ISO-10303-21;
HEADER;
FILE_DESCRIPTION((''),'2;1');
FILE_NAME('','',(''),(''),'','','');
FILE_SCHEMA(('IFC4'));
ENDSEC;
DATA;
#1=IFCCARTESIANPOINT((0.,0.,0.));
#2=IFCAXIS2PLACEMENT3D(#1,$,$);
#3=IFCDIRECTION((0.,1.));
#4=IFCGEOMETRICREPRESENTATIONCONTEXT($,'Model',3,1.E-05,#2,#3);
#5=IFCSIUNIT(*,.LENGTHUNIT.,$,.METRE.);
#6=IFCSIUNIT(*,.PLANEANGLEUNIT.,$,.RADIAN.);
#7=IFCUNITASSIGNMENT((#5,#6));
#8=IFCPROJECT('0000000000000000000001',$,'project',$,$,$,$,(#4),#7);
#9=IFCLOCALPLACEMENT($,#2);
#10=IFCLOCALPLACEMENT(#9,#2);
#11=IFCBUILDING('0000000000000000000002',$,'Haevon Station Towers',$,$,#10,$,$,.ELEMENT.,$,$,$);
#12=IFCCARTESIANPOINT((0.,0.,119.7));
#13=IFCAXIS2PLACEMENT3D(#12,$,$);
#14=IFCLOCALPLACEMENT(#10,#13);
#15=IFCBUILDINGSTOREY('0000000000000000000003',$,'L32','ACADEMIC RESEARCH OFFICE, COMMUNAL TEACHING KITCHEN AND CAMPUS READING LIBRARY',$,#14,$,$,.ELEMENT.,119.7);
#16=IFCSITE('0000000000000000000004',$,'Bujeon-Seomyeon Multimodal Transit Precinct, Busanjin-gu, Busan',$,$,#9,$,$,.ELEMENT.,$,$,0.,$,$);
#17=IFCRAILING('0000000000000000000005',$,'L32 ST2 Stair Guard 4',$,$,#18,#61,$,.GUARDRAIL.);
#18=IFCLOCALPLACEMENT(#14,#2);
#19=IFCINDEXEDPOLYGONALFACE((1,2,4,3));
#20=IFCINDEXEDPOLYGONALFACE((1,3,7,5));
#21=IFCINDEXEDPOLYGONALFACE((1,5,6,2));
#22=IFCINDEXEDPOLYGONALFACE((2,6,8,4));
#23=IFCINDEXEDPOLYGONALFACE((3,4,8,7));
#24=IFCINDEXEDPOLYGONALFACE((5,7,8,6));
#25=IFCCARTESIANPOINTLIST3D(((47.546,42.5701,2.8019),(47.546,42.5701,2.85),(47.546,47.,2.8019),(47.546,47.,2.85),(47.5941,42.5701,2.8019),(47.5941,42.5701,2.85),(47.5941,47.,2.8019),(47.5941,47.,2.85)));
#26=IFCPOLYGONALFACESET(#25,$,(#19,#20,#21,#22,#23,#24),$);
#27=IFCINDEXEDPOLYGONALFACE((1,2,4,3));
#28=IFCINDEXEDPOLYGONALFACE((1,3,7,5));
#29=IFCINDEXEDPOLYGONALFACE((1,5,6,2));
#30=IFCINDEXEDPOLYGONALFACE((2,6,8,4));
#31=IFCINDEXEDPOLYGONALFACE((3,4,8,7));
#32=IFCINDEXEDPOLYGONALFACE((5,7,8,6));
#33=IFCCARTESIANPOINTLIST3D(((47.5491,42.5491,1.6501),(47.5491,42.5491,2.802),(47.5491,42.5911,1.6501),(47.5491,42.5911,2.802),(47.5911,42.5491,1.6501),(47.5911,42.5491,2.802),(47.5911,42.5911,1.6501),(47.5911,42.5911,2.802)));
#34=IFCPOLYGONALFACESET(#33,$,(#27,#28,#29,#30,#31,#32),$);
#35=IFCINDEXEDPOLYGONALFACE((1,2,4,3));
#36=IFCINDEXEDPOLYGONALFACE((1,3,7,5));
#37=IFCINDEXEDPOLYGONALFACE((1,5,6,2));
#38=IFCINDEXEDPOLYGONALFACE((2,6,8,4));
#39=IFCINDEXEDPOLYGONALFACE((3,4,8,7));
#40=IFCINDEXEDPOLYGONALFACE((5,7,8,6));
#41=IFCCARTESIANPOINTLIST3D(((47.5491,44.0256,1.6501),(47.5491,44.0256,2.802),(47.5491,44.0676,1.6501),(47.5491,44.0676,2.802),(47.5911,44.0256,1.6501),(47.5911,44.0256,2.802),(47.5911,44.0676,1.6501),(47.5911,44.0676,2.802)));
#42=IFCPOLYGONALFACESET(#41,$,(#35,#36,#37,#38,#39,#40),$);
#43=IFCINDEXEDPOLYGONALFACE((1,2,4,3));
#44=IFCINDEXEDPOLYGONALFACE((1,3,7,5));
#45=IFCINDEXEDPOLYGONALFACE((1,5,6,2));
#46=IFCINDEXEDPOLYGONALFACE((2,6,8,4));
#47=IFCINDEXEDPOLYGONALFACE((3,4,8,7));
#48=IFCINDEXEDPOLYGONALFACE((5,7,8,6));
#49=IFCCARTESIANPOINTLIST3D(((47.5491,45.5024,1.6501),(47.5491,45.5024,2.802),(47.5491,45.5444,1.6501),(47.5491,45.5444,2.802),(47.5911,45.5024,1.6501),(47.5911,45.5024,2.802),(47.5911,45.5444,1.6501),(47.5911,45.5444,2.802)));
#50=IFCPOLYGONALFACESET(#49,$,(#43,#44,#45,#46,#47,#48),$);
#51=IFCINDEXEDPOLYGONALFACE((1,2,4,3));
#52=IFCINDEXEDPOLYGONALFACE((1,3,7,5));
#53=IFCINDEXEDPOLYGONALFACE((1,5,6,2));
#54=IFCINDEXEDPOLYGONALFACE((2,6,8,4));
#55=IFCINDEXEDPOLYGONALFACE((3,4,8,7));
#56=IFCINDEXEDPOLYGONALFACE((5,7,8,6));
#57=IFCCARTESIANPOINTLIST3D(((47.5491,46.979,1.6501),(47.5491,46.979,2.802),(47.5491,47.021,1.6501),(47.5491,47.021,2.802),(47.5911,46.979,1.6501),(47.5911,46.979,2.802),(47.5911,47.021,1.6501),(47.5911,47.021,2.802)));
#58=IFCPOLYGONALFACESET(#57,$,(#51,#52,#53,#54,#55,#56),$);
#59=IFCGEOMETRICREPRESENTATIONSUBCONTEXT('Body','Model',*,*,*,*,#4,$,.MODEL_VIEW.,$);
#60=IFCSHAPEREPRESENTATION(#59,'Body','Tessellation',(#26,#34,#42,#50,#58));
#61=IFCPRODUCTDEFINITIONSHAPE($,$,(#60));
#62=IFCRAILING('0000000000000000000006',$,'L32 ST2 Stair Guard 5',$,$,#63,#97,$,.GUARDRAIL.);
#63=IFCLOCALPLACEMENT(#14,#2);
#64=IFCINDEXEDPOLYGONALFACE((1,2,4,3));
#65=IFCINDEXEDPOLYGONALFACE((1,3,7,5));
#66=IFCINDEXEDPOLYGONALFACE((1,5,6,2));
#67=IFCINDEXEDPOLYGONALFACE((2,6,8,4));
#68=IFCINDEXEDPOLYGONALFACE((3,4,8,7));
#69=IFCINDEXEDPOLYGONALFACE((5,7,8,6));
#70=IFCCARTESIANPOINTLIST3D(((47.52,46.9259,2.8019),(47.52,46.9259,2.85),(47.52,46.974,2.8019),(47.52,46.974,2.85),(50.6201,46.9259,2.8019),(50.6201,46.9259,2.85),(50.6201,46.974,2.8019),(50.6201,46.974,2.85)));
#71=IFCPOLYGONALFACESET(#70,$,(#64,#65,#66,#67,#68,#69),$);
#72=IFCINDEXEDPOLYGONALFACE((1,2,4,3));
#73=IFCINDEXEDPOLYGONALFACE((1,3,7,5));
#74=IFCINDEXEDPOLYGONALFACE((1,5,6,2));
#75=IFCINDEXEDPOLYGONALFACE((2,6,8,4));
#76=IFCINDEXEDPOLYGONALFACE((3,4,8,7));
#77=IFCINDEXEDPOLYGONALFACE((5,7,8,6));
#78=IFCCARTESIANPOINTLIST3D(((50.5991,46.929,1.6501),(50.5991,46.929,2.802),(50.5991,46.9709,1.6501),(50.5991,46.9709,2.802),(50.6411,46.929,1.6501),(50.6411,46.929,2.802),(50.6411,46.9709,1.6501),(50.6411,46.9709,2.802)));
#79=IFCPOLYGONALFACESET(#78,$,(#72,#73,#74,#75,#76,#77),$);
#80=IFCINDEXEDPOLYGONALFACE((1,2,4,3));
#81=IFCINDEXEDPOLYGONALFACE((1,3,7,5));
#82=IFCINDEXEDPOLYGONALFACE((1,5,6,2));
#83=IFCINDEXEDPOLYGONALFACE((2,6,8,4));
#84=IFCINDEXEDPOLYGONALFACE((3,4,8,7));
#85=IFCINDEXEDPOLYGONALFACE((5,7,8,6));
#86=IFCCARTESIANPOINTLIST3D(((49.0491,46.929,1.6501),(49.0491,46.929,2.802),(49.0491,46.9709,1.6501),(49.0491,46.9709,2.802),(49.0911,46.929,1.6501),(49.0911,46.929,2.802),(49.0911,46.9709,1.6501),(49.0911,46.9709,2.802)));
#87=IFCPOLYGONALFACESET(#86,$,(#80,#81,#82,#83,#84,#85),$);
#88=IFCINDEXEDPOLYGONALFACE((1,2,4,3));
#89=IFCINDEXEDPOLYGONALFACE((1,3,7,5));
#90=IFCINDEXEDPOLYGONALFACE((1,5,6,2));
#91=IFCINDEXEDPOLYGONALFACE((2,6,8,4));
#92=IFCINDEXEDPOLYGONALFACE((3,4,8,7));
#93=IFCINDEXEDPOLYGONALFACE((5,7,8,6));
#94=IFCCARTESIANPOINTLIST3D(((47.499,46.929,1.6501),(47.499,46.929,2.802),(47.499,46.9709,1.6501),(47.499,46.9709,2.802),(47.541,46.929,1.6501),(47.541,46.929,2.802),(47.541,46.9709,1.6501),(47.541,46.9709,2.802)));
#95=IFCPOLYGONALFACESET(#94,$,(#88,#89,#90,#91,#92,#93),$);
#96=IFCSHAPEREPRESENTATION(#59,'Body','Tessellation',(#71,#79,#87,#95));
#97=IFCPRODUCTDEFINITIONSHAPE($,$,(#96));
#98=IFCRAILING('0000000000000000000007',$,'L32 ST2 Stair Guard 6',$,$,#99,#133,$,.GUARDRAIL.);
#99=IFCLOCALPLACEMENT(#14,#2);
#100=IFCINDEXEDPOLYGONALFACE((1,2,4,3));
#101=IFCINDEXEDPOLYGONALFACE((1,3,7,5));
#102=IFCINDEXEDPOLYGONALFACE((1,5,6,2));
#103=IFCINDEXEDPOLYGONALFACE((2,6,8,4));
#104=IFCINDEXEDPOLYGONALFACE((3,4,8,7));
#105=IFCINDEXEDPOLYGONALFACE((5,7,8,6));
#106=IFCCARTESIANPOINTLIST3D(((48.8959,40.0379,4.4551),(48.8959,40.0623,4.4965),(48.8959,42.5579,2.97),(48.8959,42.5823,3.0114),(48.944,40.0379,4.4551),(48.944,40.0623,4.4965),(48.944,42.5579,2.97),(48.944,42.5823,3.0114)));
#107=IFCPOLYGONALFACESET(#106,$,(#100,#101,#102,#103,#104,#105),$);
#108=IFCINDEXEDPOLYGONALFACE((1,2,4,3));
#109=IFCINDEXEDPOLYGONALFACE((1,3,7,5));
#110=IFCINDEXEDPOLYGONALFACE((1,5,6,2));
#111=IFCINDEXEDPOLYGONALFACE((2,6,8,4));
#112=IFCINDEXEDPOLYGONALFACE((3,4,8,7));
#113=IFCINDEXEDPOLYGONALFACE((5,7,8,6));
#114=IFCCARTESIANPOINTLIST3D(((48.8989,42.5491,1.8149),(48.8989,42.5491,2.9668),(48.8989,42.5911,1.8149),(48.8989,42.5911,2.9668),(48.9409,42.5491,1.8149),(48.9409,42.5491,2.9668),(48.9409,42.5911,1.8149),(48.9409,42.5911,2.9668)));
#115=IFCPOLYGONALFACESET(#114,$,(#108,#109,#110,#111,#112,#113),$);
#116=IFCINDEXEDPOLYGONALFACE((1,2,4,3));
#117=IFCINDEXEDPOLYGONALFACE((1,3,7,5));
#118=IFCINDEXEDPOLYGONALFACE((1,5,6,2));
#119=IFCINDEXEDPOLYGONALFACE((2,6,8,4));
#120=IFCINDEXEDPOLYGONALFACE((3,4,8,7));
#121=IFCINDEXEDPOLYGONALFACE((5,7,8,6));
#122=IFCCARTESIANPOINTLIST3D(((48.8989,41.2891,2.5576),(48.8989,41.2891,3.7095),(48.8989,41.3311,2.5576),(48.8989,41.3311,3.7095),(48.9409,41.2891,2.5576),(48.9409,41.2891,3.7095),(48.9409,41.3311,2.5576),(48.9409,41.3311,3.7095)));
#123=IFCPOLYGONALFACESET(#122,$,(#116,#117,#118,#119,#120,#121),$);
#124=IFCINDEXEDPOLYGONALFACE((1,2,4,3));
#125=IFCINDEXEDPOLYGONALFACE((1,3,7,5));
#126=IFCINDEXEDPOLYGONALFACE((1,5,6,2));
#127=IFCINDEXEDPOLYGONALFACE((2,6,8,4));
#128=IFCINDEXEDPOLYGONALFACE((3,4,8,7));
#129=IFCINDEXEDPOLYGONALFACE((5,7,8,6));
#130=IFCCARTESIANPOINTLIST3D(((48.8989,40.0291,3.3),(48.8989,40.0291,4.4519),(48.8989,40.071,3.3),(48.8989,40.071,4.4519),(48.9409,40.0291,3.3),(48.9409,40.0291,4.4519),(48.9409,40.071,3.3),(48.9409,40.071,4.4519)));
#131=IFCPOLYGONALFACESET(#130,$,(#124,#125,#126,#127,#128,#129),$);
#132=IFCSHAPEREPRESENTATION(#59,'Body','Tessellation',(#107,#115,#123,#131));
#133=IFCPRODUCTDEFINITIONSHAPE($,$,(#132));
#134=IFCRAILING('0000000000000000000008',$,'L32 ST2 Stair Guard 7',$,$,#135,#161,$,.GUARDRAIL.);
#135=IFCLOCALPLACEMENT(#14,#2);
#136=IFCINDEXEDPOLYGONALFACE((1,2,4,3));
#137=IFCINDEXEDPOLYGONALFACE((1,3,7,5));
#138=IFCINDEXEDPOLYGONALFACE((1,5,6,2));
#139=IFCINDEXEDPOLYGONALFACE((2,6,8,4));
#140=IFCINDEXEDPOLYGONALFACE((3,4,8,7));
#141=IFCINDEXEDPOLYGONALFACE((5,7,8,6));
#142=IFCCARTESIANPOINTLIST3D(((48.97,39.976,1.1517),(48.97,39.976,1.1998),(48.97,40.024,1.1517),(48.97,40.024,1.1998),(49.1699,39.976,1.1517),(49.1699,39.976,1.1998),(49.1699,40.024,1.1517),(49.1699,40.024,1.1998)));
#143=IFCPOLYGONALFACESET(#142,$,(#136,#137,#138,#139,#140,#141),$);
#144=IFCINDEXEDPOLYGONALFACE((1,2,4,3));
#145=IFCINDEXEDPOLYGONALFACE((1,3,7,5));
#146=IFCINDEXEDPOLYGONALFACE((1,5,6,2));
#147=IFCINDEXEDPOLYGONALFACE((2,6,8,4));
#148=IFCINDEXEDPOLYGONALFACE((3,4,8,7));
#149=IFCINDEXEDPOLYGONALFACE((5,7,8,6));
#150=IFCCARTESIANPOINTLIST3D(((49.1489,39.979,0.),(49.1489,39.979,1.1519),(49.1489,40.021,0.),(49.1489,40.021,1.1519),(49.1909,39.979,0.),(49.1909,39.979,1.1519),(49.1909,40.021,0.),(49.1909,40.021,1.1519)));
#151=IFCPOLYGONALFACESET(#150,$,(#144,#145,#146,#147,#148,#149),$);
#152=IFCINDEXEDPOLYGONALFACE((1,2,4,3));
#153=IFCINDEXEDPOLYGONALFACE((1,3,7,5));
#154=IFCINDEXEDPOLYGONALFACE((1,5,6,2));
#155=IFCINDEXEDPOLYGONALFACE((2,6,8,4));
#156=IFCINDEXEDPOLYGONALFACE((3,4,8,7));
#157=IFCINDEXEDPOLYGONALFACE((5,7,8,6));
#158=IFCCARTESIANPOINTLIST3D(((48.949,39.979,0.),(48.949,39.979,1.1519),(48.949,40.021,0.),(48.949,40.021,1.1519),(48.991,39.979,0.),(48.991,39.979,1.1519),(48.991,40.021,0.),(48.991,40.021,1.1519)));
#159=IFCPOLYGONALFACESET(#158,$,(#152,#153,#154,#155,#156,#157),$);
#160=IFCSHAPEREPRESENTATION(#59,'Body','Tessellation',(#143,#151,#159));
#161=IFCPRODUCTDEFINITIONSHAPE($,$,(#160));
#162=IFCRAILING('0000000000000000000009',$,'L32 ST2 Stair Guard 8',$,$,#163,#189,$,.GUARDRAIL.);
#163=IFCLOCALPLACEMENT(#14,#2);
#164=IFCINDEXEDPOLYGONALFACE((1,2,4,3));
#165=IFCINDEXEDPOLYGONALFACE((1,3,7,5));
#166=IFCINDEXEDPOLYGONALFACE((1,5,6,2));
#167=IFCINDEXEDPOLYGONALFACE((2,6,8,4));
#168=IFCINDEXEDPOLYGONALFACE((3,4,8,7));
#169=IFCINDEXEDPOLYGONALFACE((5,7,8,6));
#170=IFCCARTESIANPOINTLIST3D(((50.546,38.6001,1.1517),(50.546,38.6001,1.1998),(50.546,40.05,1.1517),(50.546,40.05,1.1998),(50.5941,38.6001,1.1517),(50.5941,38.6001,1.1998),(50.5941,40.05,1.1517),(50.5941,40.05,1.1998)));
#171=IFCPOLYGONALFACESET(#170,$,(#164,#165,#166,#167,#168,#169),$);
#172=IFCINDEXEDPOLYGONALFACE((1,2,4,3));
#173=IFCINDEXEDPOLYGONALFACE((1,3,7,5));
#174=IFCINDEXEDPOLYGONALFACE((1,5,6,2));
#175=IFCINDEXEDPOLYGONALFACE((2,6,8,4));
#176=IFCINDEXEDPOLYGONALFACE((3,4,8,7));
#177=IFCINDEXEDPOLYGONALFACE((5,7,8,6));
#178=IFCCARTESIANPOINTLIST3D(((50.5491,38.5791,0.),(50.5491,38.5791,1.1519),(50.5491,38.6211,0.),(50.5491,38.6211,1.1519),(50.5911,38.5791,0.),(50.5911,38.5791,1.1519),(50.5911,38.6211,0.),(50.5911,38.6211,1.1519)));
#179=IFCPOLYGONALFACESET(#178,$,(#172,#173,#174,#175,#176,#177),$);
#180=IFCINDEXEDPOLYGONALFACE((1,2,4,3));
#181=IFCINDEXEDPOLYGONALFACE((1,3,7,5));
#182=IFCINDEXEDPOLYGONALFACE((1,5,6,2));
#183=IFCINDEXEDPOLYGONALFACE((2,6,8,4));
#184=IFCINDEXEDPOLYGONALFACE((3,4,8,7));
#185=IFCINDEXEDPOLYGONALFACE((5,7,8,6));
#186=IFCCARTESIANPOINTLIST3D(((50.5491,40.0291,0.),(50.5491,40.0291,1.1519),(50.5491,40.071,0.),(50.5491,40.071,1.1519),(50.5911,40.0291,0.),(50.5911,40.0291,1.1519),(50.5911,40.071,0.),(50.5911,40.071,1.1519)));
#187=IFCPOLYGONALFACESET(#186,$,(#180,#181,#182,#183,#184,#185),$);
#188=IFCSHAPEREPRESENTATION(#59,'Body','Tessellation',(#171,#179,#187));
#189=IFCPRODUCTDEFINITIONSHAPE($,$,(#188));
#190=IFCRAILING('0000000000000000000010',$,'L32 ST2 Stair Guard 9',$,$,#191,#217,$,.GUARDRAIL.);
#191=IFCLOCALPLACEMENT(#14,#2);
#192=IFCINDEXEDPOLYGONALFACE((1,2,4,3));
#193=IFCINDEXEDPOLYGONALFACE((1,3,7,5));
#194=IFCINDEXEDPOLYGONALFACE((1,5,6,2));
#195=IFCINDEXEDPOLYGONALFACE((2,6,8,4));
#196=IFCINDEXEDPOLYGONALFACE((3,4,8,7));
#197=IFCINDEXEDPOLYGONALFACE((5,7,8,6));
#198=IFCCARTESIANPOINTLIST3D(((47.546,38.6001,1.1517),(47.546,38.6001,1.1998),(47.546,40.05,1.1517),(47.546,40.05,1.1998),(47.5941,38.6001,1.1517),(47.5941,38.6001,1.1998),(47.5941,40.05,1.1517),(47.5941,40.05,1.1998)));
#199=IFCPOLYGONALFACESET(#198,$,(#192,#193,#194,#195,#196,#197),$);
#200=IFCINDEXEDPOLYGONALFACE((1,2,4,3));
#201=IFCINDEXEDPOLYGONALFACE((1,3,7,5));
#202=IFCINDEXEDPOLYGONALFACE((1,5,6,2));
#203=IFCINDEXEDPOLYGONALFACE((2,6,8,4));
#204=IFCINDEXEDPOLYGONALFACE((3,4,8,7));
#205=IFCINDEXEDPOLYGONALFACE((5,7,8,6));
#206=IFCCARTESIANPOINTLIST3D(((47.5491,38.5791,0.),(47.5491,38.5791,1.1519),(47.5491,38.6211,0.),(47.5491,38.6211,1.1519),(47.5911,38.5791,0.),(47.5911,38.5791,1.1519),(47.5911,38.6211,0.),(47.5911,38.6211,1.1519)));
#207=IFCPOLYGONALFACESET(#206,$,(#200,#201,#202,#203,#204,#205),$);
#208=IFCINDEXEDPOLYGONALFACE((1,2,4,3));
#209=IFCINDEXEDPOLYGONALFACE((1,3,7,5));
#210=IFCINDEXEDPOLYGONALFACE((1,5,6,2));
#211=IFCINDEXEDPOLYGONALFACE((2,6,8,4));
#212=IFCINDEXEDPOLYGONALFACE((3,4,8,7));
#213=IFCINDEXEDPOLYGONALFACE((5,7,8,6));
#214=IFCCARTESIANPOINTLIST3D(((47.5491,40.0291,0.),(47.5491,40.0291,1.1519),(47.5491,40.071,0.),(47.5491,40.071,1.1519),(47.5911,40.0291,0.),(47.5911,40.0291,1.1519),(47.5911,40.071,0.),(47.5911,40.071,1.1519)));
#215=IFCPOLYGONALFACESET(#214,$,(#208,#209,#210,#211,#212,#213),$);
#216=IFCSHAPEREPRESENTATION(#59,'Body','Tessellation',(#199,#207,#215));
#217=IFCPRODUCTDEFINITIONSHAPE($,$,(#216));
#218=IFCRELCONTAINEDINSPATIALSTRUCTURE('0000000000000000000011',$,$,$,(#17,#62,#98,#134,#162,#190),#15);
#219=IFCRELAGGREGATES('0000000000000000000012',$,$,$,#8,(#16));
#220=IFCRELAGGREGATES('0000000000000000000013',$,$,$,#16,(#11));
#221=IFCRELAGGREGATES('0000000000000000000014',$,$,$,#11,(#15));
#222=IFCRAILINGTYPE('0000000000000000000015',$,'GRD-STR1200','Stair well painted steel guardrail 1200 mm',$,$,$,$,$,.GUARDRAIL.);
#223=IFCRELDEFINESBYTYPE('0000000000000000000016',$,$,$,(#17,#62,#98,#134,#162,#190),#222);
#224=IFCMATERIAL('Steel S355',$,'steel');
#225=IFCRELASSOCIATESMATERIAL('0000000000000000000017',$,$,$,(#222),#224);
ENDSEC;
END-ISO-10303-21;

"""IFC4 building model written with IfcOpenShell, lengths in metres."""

from ifc_helpers import new_model, si_unit, direction, frame, origin, origin_2d, place, context, subcontext, project, spatial, rectangle, extrude, material, type_object, element, save


model = new_model("IFC4")

# Units and contexts
model_context = context("Model", 3, precision=1e-05, world=origin(), true_north=direction((0.0, 1.0)))
body_context = subcontext(model_context, "Body", "Model", "MODEL_VIEW")
ifc_project = project(units=[si_unit("LENGTHUNIT", "METRE"), si_unit("PLANEANGLEUNIT", "RADIAN")], contexts=[model_context])

# Site, building, storey
site_placement = place(None, origin())
site = spatial("IfcSite", under=ifc_project, at=site_placement, Name="Bujeon-Seomyeon Multimodal Transit Precinct, Busanjin-gu, Busan", CompositionType="ELEMENT", RefElevation=0.0)
building_placement = place(site_placement, origin())
building = spatial("IfcBuilding", under=site, at=building_placement, Name="Haevon Station Towers", CompositionType="ELEMENT")
storey_placement = place(building_placement, frame((0.0, 0.0, 119.7)))
storey = spatial("IfcBuildingStorey", under=building, at=storey_placement, Name="L32", Description="ACADEMIC RESEARCH OFFICE, COMMUNAL TEACHING KITCHEN AND CAMPUS READING LIBRARY", CompositionType="ELEMENT", Elevation=119.7)

# Shared definitions
ifc_material_1 = material(Name="Steel S355", Category="steel")

# Railings
railing_type_1 = type_object("IfcRailingType", Name="GRD-STR1200", Description="Stair well painted steel guardrail 1200 mm", PredefinedType="GUARDRAIL", material=ifc_material_1)
for number, where, name in (
    (1, (47.5701, 42.5701, 1.6501), "L32 ST2 Stair Guard 4"),
):
    element("IfcRailing", number, at=place(storey_placement, frame(where)), inside=storey, type_object=railing_type_1, Name=name, PredefinedType="GUARDRAIL", context=body_context, shape_type="SweptSolid", body=[
        extrude(rectangle(XDim=0.0481, YDim=0.0481, at=origin_2d()), frame((0.0, 0.0, 1.1758), z_axis=(0.0, 1.0, 0.0), x_axis=(-1.0, 0.0, 0.0)), (0.0, 0.0, 1.0), 4.4299),
        extrude(rectangle(XDim=0.042, YDim=0.042, at=origin_2d()), origin(), (0.0, 0.0, 1.0), 1.1519),
        extrude(rectangle(XDim=0.042, YDim=0.042, at=origin_2d()), frame((0.0, 1.4766, 0.0)), (0.0, 0.0, 1.0), 1.1519),
        extrude(rectangle(XDim=0.042, YDim=0.042, at=origin_2d()), frame((0.0, 2.9534, 0.0)), (0.0, 0.0, 1.0), 1.1519),
        extrude(rectangle(XDim=0.042, YDim=0.042, at=origin_2d()), frame((0.0, 4.4299, 0.0)), (0.0, 0.0, 1.0), 1.1519),
    ])
railing_1_placement = place(storey_placement, frame((50.6201, 46.95, 1.6501)))
element("IfcRailing", 2, at=railing_1_placement, inside=storey, type_object=railing_type_1, Name="L32 ST2 Stair Guard 5", PredefinedType="GUARDRAIL", context=body_context, shape_type="SweptSolid", body=[
    extrude(rectangle(XDim=0.0481, YDim=0.0481, at=origin_2d()), frame((0.0, 0.0, 1.1758), z_axis=(-1.0, 0.0, 0.0), x_axis=(0.0, -1.0, 0.0)), (0.0, 0.0, 1.0), 3.1001),
    extrude(rectangle(XDim=0.042, YDim=0.042, at=origin_2d()), origin(), (0.0, 0.0, 1.0), 1.1519),
    extrude(rectangle(XDim=0.042, YDim=0.042, at=origin_2d()), frame((-1.55, 0.0, 0.0)), (0.0, 0.0, 1.0), 1.1519),
    extrude(rectangle(XDim=0.042, YDim=0.042, at=origin_2d()), frame((-3.1001, 0.0, 0.0)), (0.0, 0.0, 1.0), 1.1519),
])
railing_2_placement = place(storey_placement, frame((48.9199, 42.5701, 1.8149)))
element("IfcRailing", 3, at=railing_2_placement, inside=storey, type_object=railing_type_1, Name="L32 ST2 Stair Guard 6", PredefinedType="GUARDRAIL", context=body_context, shape_type="SweptSolid", body=[
    extrude(rectangle(XDim=0.0481, YDim=0.0481, at=origin_2d()), frame((0.0, 0.0, 1.1758), z_axis=(0.0, -0.861524, 0.507717), x_axis=(1.0, 0.0, 0.0)), (0.0, 0.0, 1.0), 2.925),
    extrude(rectangle(XDim=0.042, YDim=0.042, at=origin_2d()), origin(), (0.0, 0.0, 1.0), 1.1519),
    extrude(rectangle(XDim=0.042, YDim=0.042, at=origin_2d()), frame((0.0, -1.26, 0.7427)), (0.0, 0.0, 1.0), 1.1519),
    extrude(rectangle(XDim=0.042, YDim=0.042, at=origin_2d()), frame((0.0, -2.52, 1.4851)), (0.0, 0.0, 1.0), 1.1519),
])
railing_3_placement = place(storey_placement, frame((49.1699, 40.0, 0.0)))
element("IfcRailing", 4, at=railing_3_placement, inside=storey, type_object=railing_type_1, Name="L32 ST2 Stair Guard 7", PredefinedType="GUARDRAIL", context=body_context, shape_type="SweptSolid", body=[
    extrude(rectangle(XDim=0.0481, YDim=0.0481, at=origin_2d()), frame((0.0, 0.0, 1.1758), z_axis=(-1.0, 0.0, 0.0), x_axis=(0.0, -1.0, 0.0)), (0.0, 0.0, 1.0), 0.2),
    extrude(rectangle(XDim=0.042, YDim=0.042, at=origin_2d()), origin(), (0.0, 0.0, 1.0), 1.1519),
    extrude(rectangle(XDim=0.042, YDim=0.042, at=origin_2d()), frame((-0.2, 0.0, 0.0)), (0.0, 0.0, 1.0), 1.1519),
])
for number, where, name in (
    (5, (50.5701, 38.6001, 0.0), "L32 ST2 Stair Guard 8"),
    (6, (47.5701, 38.6001, 0.0), "L32 ST2 Stair Guard 9"),
):
    element("IfcRailing", number, at=place(storey_placement, frame(where)), inside=storey, type_object=railing_type_1, Name=name, PredefinedType="GUARDRAIL", context=body_context, shape_type="SweptSolid", body=[
        extrude(rectangle(XDim=0.0481, YDim=0.0481, at=origin_2d()), frame((0.0, 0.0, 1.1758), z_axis=(0.0, 1.0, 0.0), x_axis=(-1.0, 0.0, 0.0)), (0.0, 0.0, 1.0), 1.45),
        extrude(rectangle(XDim=0.042, YDim=0.042, at=origin_2d()), origin(), (0.0, 0.0, 1.0), 1.1519),
        extrude(rectangle(XDim=0.042, YDim=0.042, at=origin_2d()), frame((0.0, 1.45, 0.0)), (0.0, 0.0, 1.0), 1.1519),
    ])

save(model, "model.ifc")
